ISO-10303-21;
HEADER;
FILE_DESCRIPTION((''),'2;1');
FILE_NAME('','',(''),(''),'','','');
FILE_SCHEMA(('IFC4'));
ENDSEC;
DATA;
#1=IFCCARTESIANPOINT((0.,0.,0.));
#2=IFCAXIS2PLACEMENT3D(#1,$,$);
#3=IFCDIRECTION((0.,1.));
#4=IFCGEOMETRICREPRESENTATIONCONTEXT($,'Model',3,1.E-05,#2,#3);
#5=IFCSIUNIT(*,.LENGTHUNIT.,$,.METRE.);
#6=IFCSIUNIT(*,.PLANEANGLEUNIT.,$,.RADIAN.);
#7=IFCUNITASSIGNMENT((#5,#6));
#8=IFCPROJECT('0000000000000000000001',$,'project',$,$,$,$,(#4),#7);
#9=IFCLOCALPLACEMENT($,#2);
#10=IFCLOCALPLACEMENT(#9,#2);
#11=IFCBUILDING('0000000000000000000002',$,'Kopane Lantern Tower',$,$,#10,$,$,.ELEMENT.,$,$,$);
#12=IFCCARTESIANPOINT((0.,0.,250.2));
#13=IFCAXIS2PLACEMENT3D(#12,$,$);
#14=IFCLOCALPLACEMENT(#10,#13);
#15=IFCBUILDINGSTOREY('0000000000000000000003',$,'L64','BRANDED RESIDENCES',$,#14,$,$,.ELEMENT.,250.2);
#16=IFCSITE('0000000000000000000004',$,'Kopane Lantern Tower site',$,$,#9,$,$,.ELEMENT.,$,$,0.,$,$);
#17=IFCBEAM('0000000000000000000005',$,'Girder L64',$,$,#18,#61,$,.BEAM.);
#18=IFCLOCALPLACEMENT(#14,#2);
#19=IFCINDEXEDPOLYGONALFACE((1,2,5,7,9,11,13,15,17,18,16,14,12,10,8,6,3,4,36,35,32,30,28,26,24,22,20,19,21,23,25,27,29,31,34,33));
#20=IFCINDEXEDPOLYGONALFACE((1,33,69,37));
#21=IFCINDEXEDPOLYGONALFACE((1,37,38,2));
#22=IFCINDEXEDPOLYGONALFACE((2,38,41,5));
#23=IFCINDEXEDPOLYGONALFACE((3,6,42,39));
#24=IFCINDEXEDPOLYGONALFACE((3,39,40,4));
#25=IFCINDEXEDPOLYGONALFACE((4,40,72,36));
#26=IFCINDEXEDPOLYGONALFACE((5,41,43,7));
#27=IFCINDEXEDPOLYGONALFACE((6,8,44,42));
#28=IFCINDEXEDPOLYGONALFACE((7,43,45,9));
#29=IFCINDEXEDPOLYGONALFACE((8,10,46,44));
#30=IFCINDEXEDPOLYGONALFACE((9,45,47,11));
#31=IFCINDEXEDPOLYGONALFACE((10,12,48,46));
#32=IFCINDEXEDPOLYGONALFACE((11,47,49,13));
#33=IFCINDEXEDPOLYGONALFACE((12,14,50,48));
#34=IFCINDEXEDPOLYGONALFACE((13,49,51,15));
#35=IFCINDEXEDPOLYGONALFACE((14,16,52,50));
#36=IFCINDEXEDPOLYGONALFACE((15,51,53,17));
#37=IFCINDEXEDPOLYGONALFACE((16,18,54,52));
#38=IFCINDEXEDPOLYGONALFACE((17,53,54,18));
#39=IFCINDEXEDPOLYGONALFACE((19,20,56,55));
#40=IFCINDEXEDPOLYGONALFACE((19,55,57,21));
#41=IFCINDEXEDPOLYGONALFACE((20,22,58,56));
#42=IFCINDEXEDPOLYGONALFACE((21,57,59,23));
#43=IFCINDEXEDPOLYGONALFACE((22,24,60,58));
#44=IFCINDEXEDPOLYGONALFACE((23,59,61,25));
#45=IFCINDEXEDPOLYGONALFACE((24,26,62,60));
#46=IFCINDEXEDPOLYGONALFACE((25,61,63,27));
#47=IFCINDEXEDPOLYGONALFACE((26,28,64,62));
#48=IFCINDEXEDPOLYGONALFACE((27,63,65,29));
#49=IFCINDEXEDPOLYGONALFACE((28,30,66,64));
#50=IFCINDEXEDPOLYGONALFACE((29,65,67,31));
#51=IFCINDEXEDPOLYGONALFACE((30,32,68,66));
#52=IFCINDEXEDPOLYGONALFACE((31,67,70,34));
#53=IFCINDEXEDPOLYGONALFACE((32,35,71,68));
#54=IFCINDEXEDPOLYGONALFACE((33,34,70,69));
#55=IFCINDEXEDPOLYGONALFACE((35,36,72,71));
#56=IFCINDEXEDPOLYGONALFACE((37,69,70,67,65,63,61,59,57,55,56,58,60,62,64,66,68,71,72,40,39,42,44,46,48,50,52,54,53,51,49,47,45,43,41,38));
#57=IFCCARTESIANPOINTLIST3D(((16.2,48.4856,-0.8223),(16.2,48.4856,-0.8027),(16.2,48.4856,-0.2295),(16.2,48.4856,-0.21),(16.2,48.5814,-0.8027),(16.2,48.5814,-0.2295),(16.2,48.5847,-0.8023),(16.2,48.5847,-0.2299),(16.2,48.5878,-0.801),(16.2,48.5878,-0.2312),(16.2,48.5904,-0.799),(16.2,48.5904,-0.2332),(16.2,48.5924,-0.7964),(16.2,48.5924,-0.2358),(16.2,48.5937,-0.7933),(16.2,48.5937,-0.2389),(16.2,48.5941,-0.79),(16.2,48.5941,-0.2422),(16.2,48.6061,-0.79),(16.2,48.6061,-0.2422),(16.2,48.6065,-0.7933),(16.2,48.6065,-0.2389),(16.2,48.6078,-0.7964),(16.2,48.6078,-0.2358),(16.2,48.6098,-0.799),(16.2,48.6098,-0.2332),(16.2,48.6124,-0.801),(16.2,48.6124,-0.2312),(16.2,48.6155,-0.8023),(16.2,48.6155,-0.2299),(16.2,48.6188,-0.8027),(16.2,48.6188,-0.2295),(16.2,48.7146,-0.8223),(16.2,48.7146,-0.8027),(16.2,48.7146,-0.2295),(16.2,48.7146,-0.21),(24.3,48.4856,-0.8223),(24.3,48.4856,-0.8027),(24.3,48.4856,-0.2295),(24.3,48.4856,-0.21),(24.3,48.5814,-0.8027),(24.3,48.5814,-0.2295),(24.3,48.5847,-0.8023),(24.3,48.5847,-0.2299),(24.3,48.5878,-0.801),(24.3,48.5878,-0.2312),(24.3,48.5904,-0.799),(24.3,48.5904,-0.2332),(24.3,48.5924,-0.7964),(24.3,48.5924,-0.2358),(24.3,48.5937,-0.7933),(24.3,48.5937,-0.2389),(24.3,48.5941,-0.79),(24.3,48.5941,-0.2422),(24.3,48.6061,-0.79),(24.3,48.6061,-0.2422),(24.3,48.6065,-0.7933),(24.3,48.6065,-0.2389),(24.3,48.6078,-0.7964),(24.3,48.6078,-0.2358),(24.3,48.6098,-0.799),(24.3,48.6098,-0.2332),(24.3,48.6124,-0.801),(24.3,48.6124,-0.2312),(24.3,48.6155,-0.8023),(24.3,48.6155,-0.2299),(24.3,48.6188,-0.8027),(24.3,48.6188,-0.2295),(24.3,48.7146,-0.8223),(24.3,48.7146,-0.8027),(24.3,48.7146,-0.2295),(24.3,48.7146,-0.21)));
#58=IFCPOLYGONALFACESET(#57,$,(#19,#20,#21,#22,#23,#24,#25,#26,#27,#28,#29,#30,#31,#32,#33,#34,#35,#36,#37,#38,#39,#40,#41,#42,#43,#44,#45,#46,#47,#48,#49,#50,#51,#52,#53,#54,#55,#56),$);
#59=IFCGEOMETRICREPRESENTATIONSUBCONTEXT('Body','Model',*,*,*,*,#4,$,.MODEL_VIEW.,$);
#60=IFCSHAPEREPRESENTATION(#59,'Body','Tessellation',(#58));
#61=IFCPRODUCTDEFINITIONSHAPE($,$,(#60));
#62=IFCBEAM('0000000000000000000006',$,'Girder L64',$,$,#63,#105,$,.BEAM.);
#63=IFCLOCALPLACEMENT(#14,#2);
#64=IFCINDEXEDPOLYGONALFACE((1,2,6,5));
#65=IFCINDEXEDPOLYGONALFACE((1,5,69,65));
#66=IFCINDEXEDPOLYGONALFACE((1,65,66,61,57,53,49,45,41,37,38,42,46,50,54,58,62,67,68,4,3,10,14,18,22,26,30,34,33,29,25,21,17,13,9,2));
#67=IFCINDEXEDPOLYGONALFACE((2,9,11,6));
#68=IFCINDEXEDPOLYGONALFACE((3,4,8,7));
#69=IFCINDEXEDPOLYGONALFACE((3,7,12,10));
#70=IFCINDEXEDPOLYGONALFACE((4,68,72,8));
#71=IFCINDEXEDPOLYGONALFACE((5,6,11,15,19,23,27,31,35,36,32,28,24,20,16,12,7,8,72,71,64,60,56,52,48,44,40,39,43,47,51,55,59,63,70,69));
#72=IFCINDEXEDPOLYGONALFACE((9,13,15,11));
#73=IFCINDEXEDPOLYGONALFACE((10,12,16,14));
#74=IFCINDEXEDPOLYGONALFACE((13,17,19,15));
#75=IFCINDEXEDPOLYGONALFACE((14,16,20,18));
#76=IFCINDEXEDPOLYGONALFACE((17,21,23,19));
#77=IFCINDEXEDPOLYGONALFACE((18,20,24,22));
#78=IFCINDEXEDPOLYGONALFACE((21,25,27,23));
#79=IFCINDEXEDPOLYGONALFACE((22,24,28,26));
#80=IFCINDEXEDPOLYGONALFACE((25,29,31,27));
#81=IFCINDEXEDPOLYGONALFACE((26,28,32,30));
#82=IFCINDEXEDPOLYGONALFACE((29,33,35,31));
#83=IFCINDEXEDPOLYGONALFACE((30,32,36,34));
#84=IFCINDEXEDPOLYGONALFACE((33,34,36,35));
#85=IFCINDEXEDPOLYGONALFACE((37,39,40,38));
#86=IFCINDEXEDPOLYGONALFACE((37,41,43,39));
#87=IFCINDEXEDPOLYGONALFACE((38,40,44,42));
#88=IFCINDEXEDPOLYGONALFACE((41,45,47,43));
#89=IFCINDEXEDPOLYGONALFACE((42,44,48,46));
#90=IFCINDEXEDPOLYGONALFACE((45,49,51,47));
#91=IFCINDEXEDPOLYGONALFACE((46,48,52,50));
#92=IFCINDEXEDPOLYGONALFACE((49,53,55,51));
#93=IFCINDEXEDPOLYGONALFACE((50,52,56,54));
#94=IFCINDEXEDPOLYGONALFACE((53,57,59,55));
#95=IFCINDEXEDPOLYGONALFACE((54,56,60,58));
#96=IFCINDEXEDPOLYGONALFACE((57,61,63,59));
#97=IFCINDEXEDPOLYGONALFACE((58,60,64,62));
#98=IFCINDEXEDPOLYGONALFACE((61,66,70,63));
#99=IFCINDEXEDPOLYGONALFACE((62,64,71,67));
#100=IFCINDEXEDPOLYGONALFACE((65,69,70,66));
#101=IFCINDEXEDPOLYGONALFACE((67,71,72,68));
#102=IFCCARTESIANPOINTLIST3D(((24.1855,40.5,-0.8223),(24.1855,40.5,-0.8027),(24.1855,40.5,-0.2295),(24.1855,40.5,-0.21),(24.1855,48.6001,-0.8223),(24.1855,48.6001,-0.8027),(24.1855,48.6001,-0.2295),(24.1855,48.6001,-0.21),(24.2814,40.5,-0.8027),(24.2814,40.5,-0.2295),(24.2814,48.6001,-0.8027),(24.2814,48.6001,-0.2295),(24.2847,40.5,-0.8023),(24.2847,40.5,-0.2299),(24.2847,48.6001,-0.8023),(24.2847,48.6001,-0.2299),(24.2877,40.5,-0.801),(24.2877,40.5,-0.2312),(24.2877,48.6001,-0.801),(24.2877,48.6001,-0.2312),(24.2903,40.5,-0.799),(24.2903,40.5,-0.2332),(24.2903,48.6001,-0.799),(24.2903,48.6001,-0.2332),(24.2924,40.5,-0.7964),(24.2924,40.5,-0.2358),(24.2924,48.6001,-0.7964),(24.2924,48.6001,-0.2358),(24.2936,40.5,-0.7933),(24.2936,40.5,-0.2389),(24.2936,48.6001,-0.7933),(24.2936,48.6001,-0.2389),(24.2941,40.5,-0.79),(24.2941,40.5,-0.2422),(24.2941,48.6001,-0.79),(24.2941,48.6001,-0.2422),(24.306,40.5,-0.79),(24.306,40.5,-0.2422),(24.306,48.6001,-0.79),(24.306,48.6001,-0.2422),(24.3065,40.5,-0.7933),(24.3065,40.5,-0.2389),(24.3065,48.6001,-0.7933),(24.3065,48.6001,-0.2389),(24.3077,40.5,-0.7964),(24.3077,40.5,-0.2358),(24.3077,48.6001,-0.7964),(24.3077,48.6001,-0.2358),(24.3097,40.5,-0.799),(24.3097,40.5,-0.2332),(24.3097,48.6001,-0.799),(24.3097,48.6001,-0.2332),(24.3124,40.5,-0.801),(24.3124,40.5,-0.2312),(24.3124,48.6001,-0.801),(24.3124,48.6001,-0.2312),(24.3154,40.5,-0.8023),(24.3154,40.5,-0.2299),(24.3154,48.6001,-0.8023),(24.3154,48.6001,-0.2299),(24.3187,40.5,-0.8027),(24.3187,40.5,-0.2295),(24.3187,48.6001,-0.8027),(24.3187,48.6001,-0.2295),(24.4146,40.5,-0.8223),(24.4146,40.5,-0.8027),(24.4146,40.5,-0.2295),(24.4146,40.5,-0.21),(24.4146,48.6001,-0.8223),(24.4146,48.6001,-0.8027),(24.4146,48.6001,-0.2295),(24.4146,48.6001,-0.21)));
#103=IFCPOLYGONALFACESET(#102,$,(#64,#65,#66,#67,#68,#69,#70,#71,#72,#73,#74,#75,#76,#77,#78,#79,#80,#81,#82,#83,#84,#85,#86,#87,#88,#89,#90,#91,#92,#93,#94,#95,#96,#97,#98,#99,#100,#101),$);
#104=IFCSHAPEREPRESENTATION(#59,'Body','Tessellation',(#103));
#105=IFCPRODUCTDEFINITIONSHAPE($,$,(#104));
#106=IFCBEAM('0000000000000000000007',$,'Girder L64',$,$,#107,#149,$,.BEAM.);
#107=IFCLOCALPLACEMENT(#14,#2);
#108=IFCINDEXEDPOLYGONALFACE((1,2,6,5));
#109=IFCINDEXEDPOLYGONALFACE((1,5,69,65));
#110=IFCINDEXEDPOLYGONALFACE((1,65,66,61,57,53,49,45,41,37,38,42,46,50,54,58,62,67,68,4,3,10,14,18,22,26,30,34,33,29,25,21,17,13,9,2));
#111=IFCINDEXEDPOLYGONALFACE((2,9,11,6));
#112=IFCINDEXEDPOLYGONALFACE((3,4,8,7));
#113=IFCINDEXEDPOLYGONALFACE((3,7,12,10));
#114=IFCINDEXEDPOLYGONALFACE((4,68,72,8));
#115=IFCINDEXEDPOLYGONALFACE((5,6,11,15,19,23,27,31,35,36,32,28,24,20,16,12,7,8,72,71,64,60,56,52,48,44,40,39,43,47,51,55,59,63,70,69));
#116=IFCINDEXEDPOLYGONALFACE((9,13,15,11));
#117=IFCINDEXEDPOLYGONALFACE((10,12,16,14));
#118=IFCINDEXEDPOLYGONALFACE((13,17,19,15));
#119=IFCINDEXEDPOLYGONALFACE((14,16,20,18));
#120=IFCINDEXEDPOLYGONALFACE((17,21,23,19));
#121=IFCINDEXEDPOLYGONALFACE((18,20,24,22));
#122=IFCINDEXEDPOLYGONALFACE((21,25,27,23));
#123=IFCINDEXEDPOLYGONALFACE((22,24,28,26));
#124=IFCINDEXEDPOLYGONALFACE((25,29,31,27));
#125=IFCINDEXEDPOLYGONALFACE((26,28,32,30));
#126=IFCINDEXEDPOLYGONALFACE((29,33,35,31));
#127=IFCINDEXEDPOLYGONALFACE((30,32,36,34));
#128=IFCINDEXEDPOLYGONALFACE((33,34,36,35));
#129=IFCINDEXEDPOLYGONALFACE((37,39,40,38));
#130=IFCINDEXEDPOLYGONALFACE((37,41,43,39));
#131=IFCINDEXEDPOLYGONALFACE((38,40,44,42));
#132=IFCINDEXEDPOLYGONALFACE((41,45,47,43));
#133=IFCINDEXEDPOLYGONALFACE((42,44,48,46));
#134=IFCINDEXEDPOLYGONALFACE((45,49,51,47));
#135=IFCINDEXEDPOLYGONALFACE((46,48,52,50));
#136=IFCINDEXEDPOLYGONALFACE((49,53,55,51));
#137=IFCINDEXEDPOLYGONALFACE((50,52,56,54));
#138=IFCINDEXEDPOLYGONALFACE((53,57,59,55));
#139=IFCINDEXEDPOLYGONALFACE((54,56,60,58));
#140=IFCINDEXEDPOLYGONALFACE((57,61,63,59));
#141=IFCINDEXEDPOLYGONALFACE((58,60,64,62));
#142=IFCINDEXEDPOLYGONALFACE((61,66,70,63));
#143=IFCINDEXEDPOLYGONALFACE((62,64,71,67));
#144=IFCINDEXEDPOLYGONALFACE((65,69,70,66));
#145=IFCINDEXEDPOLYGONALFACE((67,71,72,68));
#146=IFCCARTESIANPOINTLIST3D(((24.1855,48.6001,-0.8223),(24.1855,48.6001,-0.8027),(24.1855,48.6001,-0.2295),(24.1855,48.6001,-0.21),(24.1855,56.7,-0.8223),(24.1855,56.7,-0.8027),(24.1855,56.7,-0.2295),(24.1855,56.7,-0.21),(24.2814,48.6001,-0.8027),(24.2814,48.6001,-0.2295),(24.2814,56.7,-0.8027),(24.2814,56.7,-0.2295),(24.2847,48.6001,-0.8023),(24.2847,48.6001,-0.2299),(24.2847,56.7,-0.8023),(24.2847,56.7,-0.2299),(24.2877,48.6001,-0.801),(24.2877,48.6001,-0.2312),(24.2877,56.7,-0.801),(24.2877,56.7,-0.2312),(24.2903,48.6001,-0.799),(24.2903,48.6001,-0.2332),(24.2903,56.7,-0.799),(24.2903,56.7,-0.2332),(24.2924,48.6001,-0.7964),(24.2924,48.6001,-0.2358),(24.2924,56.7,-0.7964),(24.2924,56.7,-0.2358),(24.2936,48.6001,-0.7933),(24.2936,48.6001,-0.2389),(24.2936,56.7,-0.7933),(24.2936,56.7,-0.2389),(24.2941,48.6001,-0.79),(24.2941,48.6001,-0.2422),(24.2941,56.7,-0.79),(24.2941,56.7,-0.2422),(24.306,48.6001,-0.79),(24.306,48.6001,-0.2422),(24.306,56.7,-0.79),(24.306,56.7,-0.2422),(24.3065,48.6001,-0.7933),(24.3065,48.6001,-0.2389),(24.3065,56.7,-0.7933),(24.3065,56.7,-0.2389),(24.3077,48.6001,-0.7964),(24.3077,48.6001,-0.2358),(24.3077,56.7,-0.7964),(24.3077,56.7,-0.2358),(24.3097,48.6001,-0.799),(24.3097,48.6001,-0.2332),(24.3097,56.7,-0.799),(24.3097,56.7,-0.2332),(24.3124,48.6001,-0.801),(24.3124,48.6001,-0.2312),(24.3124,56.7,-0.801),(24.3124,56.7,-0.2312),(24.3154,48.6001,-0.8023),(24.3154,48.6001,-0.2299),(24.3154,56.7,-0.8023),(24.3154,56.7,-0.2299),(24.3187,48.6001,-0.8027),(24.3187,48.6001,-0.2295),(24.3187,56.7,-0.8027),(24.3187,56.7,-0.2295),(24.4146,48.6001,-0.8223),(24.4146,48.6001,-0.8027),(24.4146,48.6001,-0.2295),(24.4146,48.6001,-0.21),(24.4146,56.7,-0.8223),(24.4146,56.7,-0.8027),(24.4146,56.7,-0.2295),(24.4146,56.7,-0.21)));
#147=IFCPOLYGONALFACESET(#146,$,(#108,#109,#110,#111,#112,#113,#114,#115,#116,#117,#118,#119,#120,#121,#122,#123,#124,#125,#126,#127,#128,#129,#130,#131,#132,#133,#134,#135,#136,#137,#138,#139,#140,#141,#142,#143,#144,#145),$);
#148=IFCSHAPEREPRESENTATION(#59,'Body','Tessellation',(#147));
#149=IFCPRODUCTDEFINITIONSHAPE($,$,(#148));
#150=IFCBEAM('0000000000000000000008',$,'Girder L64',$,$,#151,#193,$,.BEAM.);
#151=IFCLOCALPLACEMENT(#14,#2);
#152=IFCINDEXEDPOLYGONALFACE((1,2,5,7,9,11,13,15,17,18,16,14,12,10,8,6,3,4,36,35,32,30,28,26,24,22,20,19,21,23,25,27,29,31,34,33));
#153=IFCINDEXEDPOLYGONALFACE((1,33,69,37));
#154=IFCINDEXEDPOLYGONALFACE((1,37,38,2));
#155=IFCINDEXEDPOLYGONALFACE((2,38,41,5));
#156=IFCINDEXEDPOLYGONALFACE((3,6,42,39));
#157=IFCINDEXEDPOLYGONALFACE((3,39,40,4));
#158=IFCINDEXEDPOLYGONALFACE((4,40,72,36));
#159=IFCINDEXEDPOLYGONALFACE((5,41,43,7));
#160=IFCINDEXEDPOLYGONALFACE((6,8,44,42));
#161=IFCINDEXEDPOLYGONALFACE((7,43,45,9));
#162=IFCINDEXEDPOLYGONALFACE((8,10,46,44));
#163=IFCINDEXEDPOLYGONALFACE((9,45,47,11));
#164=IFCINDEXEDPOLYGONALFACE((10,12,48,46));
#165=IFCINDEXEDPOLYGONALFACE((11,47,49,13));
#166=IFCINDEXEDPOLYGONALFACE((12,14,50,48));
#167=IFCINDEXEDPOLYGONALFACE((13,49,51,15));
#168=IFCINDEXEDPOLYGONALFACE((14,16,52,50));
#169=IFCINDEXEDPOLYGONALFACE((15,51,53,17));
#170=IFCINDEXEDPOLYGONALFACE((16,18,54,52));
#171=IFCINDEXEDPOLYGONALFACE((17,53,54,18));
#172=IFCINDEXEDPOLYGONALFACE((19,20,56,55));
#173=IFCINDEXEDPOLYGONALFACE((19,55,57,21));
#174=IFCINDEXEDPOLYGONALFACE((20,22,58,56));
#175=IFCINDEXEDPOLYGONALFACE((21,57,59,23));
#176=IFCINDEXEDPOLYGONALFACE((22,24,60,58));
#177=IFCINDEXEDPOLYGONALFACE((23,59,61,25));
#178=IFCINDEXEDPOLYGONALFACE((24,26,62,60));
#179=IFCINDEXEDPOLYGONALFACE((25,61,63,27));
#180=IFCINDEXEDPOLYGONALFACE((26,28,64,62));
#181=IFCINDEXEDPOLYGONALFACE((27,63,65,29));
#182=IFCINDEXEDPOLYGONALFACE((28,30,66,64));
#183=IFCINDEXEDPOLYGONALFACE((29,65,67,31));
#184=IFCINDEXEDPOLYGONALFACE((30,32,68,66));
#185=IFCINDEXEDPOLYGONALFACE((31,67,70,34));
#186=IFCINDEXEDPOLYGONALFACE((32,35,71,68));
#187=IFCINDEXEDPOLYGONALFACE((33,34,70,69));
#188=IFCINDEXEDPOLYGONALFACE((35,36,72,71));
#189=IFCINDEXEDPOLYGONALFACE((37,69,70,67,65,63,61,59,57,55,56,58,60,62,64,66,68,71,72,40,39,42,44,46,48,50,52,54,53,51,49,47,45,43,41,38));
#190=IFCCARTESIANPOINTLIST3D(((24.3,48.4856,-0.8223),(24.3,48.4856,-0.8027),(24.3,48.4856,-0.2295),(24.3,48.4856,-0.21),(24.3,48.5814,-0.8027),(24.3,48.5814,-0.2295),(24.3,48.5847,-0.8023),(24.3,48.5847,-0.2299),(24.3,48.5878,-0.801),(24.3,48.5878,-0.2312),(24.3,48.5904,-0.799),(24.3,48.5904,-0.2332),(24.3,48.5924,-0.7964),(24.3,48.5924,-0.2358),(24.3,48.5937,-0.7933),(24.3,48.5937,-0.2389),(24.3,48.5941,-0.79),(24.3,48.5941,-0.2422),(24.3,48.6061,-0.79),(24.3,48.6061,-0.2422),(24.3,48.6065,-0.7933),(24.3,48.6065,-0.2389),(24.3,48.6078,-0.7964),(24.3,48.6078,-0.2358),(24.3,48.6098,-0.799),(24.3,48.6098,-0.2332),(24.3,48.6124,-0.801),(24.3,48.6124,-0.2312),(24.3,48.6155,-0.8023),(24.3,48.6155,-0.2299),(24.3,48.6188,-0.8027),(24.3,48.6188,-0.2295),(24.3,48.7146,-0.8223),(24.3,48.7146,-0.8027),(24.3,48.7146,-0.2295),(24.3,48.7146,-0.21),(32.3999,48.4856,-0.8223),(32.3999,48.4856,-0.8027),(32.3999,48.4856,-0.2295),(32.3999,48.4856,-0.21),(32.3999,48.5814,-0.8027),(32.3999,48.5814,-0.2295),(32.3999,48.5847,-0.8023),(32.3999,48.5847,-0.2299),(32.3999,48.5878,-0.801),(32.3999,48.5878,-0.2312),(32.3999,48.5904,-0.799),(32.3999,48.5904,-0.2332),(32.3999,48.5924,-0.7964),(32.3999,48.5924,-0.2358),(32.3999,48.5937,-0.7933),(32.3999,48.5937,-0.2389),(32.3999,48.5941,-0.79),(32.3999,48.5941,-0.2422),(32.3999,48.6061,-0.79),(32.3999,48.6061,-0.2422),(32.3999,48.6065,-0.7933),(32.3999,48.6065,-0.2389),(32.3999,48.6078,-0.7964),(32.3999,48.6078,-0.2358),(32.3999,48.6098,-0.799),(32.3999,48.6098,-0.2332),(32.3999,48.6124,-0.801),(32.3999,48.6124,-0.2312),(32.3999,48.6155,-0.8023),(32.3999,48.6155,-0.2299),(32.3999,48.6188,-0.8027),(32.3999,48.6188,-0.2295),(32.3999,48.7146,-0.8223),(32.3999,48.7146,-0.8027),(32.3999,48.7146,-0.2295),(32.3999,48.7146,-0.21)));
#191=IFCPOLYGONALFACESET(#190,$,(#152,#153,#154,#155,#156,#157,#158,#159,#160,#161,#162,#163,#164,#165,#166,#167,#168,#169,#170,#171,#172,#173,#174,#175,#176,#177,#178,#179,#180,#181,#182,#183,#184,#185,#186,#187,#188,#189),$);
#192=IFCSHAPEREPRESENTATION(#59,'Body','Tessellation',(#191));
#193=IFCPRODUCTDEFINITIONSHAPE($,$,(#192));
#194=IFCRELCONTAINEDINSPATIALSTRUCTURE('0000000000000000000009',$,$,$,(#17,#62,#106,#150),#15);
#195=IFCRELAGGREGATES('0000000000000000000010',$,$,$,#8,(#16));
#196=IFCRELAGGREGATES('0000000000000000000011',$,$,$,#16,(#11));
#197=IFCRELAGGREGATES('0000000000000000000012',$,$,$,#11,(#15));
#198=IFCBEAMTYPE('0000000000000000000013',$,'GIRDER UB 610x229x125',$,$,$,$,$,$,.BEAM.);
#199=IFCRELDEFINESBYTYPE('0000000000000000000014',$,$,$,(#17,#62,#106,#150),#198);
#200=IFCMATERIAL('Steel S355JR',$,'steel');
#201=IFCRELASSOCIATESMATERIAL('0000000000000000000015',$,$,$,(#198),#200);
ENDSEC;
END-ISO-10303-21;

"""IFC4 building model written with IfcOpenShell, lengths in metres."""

from ifc_helpers import new_model, si_unit, direction, frame, origin, origin_2d, place, context, subcontext, project, spatial, i_section, extrude, material, material_profile, profile_set, type_object, element, save


model = new_model("IFC4")

# Units and contexts
model_context = context("Model", 3, precision=1e-05, world=origin(), true_north=direction((0.0, 1.0)))
body_context = subcontext(model_context, "Body", "Model", "MODEL_VIEW")
ifc_project = project(units=[si_unit("LENGTHUNIT", "METRE"), si_unit("PLANEANGLEUNIT", "RADIAN")], contexts=[model_context])

# Site, building, storey
site_placement = place(None, origin())
site = spatial("IfcSite", under=ifc_project, at=site_placement, Name="Kopane Lantern Tower site", CompositionType="ELEMENT", RefElevation=0.0)
building_placement = place(site_placement, origin())
building = spatial("IfcBuilding", under=site, at=building_placement, Name="Kopane Lantern Tower", CompositionType="ELEMENT")
storey_placement = place(building_placement, frame((0.0, 0.0, 250.2)))
storey = spatial("IfcBuildingStorey", under=building, at=storey_placement, Name="L64", Description="BRANDED RESIDENCES", CompositionType="ELEMENT", Elevation=250.2)

# Beams
ifc_material_1 = material(Name="Steel S355JR", Category="steel")
ifc_material_profile_1 = material_profile(ifc_material_1, i_section(OverallWidth=0.229, OverallDepth=0.6123, WebThickness=0.012, FlangeThickness=0.0195, FilletRadius=0.0127, at=origin_2d()), Name="UB 610x229x125")
ifc_profile_set_1 = profile_set([ifc_material_profile_1], Name="Steel S355JR")
beam_type_1 = type_object("IfcBeamType", Name="GIRDER UB 610x229x125", PredefinedType="BEAM", material=ifc_profile_set_1)
for number, where, z_axis, x_axis, name in (
    (1, (16.2, 48.6001, -0.5161), (1.0, 0.0, 0.0), (0.0, 1.0, 0.0), "Girder L64"),
    (2, (24.3, 40.5, -0.5161), (0.0, 1.0, 0.0), (-1.0, 0.0, 0.0), "Girder L64"),
):
    element("IfcBeam", number, at=place(storey_placement, frame(where, z_axis=z_axis, x_axis=x_axis)), inside=storey, type_object=beam_type_1, Name=name, PredefinedType="BEAM", context=body_context, shape_type="SweptSolid", body=[
        extrude(i_section(OverallWidth=0.229, OverallDepth=0.6123, WebThickness=0.012, FlangeThickness=0.0195, FilletRadius=0.0127, at=origin_2d()), origin(), (0.0, 0.0, 1.0), 8.1001),
    ])
for number, where, z_axis, x_axis, name in (
    (3, (24.3, 48.6001, -0.5161), (0.0, 1.0, 0.0), (-1.0, 0.0, 0.0), "Girder L64"),
    (4, (24.3, 48.6001, -0.5161), (1.0, 0.0, 0.0), (0.0, 1.0, 0.0), "Girder L64"),
):
    element("IfcBeam", number, at=place(storey_placement, frame(where, z_axis=z_axis, x_axis=x_axis)), inside=storey, type_object=beam_type_1, Name=name, PredefinedType="BEAM", context=body_context, shape_type="SweptSolid", body=[
        extrude(i_section(OverallWidth=0.229, OverallDepth=0.6123, WebThickness=0.012, FlangeThickness=0.0195, FilletRadius=0.0127, at=origin_2d()), origin(), (0.0, 0.0, 1.0), 8.0999),
    ])

save(model, "model.ifc")
